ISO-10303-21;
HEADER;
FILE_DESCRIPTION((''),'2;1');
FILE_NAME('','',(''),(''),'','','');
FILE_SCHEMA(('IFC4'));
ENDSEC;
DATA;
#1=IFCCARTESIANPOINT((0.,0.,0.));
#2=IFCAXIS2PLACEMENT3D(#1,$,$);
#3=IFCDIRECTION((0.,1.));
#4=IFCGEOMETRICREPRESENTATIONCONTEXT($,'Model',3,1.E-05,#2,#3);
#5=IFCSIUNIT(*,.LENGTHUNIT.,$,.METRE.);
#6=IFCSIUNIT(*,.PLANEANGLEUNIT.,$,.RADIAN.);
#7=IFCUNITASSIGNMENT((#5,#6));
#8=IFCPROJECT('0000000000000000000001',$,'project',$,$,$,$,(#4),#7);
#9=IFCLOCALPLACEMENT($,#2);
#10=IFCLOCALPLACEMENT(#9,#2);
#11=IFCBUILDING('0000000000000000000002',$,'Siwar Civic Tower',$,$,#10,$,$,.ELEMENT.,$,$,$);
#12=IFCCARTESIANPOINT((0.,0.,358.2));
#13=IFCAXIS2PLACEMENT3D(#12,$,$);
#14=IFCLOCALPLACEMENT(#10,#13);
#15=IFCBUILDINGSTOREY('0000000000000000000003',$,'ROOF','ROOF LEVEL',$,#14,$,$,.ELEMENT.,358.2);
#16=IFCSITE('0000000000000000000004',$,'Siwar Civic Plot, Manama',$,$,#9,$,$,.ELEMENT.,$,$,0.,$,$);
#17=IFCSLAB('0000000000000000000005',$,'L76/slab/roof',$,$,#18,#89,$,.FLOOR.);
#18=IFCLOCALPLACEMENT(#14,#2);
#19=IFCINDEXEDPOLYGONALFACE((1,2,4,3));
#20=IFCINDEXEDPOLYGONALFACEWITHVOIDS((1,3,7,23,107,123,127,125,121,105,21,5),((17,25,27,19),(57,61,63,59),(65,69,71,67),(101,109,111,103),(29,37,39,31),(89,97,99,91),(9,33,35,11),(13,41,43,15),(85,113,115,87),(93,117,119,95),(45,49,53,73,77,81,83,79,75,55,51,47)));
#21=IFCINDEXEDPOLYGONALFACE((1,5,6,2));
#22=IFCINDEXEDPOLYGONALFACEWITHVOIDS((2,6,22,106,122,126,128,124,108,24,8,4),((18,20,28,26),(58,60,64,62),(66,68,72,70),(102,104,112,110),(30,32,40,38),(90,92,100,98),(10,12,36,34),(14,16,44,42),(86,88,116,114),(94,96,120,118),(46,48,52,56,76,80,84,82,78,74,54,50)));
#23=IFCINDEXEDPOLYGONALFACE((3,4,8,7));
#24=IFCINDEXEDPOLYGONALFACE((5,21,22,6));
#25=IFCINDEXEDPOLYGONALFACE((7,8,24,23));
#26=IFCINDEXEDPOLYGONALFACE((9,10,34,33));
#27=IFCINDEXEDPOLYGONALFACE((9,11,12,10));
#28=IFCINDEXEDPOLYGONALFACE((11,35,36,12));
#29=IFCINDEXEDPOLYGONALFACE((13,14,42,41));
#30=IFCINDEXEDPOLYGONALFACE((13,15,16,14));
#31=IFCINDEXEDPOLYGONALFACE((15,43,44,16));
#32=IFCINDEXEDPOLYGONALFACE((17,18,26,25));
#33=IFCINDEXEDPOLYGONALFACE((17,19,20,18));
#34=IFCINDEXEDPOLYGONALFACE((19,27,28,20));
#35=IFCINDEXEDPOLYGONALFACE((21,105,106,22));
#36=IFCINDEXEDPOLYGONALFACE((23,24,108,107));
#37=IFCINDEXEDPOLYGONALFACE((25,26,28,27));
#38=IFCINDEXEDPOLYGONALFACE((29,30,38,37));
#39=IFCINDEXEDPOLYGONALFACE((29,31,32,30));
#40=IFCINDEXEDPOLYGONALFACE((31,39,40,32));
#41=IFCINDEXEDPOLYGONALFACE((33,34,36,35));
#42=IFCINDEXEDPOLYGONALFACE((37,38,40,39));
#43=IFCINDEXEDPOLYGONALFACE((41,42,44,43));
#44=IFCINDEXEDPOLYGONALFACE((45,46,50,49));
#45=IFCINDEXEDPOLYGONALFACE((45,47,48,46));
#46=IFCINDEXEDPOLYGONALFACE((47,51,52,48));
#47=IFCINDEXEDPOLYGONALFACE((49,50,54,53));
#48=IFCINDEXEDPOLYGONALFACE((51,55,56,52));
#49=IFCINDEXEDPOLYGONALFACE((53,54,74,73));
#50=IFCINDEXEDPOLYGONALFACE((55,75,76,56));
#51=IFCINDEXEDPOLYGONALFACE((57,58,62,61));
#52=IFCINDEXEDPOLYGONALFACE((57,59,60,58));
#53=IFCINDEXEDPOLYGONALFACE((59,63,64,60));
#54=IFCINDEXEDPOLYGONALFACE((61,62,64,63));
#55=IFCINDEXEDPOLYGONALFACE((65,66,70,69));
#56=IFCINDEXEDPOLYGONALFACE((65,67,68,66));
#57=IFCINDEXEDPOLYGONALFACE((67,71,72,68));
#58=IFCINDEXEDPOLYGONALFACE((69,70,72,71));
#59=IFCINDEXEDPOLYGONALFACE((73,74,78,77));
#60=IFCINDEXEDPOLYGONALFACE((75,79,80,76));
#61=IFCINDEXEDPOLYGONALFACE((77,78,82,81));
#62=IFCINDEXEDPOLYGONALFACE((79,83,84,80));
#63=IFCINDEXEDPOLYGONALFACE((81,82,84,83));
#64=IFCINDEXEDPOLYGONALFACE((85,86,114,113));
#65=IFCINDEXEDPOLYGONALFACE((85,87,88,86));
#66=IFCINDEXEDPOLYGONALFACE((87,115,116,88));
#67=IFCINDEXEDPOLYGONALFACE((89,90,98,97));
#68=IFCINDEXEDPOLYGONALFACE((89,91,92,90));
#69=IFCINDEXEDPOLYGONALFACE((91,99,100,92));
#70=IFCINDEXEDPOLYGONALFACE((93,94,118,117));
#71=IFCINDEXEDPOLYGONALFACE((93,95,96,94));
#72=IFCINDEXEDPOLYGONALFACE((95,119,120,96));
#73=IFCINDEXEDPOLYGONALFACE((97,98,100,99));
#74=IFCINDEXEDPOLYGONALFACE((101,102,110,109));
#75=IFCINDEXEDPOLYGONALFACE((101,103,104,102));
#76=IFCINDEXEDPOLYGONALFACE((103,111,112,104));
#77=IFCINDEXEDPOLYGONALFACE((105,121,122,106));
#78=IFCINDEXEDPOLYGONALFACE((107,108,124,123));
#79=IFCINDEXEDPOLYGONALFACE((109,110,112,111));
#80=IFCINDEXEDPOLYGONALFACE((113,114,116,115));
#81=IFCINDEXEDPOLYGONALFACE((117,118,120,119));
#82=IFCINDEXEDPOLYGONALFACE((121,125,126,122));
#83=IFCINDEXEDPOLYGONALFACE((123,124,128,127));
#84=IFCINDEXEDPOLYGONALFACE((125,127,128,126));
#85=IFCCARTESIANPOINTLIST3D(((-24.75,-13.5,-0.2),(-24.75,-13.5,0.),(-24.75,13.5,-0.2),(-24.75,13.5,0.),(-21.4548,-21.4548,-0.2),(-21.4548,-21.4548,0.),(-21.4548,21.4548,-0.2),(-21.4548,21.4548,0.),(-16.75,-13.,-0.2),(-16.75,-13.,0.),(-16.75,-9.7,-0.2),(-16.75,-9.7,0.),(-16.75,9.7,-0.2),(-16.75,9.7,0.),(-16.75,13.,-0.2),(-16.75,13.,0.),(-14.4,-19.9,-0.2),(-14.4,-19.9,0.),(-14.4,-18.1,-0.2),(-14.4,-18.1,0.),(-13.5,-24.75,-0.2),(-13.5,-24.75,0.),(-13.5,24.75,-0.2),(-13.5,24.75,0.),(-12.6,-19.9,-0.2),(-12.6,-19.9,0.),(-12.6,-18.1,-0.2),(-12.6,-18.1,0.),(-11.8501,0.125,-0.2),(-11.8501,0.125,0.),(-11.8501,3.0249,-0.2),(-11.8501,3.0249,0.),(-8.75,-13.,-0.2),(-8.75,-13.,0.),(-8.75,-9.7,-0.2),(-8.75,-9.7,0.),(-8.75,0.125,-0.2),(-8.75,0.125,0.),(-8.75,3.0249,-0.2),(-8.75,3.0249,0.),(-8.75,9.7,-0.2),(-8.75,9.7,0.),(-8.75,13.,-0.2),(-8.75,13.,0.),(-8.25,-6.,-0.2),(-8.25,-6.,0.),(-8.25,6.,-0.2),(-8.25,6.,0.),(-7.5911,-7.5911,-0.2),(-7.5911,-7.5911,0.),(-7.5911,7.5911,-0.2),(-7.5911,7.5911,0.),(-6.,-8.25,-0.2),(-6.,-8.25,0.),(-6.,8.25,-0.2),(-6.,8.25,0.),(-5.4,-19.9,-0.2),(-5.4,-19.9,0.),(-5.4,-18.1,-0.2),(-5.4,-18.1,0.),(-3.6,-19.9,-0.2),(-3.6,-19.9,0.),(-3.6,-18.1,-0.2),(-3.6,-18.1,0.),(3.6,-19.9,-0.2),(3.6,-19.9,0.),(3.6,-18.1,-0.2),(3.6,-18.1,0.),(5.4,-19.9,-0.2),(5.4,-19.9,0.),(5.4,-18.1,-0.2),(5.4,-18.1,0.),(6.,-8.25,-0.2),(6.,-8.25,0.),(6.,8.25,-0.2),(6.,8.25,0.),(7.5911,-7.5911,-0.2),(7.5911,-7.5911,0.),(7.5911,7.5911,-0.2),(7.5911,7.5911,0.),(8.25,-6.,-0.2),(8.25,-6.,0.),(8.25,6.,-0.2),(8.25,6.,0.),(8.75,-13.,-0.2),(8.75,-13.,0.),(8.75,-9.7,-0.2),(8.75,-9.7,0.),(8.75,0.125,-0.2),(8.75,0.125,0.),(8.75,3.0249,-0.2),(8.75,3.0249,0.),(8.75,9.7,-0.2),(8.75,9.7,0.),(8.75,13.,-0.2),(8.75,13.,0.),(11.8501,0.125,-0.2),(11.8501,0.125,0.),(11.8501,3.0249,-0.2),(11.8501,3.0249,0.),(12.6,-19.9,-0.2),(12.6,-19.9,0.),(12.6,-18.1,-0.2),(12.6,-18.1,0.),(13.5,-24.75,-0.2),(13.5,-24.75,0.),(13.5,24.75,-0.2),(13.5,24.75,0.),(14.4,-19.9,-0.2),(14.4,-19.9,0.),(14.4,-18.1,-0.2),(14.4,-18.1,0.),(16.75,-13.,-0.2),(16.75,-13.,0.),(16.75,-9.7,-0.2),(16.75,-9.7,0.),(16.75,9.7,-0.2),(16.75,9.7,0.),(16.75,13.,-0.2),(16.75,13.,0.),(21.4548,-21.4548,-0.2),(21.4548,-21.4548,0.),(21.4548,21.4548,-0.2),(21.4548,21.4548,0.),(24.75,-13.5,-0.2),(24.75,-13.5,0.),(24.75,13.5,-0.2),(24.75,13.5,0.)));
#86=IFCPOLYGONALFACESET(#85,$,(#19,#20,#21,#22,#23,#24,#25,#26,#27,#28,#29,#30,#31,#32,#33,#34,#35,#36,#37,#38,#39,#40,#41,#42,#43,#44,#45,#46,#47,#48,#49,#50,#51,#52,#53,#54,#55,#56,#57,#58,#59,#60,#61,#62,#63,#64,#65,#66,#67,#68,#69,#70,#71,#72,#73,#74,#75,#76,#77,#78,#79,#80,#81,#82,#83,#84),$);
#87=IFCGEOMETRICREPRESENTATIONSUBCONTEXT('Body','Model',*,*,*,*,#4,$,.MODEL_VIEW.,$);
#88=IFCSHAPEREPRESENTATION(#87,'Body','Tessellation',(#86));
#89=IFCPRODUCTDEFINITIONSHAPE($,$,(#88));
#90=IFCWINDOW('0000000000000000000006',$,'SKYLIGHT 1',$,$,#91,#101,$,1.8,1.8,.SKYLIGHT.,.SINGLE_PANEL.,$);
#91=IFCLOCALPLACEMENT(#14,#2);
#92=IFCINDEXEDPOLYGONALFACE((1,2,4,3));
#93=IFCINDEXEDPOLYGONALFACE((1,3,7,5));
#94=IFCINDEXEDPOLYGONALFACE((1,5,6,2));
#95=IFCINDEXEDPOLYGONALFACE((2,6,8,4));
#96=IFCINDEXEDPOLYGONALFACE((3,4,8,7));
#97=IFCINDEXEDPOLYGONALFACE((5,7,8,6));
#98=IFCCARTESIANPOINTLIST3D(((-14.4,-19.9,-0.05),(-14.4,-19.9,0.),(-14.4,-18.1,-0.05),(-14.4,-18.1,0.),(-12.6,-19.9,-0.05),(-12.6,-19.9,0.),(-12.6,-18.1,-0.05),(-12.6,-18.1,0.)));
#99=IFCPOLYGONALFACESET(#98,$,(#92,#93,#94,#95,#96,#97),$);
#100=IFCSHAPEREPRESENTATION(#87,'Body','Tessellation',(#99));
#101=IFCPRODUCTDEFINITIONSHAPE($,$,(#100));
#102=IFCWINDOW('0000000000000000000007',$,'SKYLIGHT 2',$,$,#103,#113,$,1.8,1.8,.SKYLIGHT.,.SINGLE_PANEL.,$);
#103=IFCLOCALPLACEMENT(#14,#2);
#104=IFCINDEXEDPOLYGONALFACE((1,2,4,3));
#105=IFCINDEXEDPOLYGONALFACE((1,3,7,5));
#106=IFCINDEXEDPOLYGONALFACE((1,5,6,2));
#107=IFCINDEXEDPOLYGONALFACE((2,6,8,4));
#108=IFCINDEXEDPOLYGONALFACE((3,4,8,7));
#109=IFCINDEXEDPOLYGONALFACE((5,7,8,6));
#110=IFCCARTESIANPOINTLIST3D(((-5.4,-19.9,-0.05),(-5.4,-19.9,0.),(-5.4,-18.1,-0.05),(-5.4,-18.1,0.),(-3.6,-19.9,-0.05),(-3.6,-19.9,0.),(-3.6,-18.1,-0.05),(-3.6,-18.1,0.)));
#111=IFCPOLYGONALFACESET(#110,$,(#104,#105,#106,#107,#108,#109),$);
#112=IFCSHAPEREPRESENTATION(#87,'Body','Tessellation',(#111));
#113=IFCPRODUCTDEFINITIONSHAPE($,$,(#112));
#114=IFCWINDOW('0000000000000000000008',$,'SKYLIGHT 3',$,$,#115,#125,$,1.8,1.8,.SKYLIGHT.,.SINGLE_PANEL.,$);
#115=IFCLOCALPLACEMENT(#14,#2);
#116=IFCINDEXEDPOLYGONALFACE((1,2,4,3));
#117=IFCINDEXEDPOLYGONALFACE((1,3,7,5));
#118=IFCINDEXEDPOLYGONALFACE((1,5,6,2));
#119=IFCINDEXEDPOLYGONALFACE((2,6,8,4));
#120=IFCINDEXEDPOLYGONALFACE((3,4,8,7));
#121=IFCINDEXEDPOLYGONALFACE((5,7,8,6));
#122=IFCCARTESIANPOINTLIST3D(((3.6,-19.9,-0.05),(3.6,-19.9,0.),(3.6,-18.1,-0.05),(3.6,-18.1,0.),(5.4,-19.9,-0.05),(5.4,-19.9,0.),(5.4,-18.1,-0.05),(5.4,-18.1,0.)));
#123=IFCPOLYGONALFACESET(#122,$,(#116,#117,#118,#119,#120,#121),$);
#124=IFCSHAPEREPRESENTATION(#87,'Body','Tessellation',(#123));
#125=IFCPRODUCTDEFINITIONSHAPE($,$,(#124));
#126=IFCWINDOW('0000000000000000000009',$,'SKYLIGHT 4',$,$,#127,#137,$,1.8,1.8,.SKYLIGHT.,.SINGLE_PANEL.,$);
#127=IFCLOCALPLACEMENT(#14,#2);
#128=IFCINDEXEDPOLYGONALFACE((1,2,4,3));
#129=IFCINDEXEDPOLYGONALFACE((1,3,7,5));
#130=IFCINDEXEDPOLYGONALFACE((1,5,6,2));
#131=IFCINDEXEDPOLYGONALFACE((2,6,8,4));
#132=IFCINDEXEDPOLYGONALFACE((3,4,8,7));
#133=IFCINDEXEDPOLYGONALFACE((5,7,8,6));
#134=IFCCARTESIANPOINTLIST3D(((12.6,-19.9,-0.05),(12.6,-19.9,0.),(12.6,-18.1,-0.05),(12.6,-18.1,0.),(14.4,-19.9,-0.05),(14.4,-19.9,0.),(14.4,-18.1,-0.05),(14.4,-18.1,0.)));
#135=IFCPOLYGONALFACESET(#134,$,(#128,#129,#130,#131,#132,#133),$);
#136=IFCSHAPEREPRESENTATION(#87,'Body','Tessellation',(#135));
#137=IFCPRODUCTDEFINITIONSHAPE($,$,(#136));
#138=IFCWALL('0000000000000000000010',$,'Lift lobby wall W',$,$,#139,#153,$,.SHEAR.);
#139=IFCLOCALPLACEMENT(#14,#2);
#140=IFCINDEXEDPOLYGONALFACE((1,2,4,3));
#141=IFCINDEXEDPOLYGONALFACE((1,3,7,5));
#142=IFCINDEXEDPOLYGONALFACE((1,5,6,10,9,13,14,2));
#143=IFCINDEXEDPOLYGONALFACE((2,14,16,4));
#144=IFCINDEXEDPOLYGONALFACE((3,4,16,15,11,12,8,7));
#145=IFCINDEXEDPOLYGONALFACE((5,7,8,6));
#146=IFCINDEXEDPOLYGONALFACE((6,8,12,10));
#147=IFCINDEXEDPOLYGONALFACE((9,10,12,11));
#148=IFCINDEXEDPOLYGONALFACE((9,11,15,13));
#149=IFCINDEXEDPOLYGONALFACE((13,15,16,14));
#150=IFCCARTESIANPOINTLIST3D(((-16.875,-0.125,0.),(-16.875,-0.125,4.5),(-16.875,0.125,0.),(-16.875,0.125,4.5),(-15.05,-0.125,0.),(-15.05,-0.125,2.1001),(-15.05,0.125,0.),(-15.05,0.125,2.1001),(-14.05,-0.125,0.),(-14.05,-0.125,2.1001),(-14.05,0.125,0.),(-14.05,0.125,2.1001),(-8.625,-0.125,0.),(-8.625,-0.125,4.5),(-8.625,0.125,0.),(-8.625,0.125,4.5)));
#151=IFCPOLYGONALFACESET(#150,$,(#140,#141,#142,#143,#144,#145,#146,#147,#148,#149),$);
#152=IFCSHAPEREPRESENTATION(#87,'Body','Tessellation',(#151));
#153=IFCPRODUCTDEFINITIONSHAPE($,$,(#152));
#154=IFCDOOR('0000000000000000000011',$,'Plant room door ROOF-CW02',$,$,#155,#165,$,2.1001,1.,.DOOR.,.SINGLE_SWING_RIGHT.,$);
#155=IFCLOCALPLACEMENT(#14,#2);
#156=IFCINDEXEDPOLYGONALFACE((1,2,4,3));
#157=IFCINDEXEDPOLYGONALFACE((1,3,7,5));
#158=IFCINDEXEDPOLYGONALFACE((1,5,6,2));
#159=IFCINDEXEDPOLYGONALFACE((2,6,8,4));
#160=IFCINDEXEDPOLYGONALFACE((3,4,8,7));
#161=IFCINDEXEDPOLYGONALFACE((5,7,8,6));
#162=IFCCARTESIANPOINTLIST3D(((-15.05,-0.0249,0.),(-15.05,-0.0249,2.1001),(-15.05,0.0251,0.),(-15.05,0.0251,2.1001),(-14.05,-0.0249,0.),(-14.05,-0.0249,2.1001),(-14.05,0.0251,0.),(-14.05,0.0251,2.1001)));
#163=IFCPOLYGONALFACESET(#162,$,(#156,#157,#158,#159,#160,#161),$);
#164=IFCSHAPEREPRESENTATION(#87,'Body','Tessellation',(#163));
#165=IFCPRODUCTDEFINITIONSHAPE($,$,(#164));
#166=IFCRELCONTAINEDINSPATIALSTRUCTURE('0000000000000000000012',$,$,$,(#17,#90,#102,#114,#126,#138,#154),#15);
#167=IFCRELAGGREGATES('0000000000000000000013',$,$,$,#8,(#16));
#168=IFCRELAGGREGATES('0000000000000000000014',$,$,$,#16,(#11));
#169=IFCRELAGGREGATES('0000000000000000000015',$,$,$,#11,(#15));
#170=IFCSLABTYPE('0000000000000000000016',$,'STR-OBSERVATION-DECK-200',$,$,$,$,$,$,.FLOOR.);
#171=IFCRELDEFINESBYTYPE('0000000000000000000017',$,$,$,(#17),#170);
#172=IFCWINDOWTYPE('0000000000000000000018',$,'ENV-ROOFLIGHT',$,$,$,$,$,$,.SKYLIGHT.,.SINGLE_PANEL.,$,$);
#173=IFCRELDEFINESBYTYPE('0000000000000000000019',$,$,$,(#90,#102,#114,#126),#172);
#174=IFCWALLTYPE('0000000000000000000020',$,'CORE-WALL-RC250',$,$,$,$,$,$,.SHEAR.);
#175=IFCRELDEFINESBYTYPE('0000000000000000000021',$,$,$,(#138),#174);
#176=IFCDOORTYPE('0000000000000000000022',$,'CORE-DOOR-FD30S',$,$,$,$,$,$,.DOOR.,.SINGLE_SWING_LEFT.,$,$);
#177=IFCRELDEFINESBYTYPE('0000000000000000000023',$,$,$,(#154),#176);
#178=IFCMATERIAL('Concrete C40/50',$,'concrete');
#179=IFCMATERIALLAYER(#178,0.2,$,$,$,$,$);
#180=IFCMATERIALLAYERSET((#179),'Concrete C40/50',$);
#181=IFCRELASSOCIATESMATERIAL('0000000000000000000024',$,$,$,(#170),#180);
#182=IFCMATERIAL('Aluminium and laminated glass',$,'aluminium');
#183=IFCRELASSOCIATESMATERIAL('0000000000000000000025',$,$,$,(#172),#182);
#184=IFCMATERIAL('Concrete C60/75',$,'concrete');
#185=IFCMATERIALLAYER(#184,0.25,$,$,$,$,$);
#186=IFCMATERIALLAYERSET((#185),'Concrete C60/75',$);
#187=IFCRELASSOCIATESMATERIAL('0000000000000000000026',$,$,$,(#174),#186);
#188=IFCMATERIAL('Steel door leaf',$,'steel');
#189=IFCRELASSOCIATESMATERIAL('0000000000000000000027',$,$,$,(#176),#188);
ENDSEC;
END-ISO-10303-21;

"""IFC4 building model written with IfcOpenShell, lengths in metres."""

from ifc_helpers import new_model, si_unit, direction, frame, frame_2d, origin, origin_2d, place, context, subcontext, project, spatial, polyline, rectangle, outline, extrude, material, layer, layer_set, type_object, element, fill, save


model = new_model("IFC4")

# Units and contexts
model_context = context("Model", 3, precision=1e-05, world=origin(), true_north=direction((0.0, 1.0)))
body_context = subcontext(model_context, "Body", "Model", "MODEL_VIEW")
ifc_project = project(units=[si_unit("LENGTHUNIT", "METRE"), si_unit("PLANEANGLEUNIT", "RADIAN")], contexts=[model_context])

# Site, building, storey
site_placement = place(None, origin())
site = spatial("IfcSite", under=ifc_project, at=site_placement, Name="Siwar Civic Plot, Manama", CompositionType="ELEMENT", RefElevation=0.0)
building_placement = place(site_placement, origin())
building = spatial("IfcBuilding", under=site, at=building_placement, Name="Siwar Civic Tower", CompositionType="ELEMENT")
storey_placement = place(building_placement, frame((0.0, 0.0, 358.2)))
storey = spatial("IfcBuildingStorey", under=building, at=storey_placement, Name="ROOF", Description="ROOF LEVEL", CompositionType="ELEMENT", Elevation=358.2)

# Slab, openings, windows
ifc_material_1 = material(Name="Concrete C40/50", Category="concrete")
ifc_layer_1 = layer(ifc_material_1, 0.2)
ifc_layer_set_1 = layer_set([ifc_layer_1], Name="Concrete C40/50")
slab_type_1 = type_object("IfcSlabType", Name="STR-OBSERVATION-DECK-200", PredefinedType="FLOOR", material=ifc_layer_set_1)
slab_1_placement = place(storey_placement, frame((0.0, 0.0, -0.2)))
slab_1 = element("IfcSlab", 1, at=slab_1_placement, inside=storey, type_object=slab_type_1, Name="L76/slab/roof", PredefinedType="FLOOR", context=body_context, shape_type="SweptSolid", body=[
    extrude(outline(polyline([(-13.5, -24.75), (13.5, -24.75), (21.4548, -21.4548), (24.75, -13.5), (24.75, 13.5), (21.4548, 21.4548), (13.5, 24.75), (-13.5, 24.75), (-21.4548, 21.4548), (-24.75, 13.5), (-24.75, -13.5), (-21.4548, -21.4548), (-13.5, -24.75)]), holes=[polyline([(8.75, -13.0), (8.75, -9.7), (16.75, -9.7), (16.75, -13.0), (8.75, -13.0)]), polyline([(8.75, 9.7), (8.75, 13.0), (16.75, 13.0), (16.75, 9.7), (8.75, 9.7)]), polyline([(8.75, 0.125), (8.75, 3.0249), (11.8501, 3.0249), (11.8501, 0.125), (8.75, 0.125)]), polyline([(-7.5911, 7.5911), (-6.0, 8.25), (6.0, 8.25), (7.5911, 7.5911), (8.25, 6.0), (8.25, -6.0), (7.5911, -7.5911), (6.0, -8.25), (-6.0, -8.25), (-7.5911, -7.5911), (-8.25, -6.0), (-8.25, 6.0), (-7.5911, 7.5911)]), polyline([(-16.75, -9.7), (-8.75, -9.7), (-8.75, -13.0), (-16.75, -13.0), (-16.75, -9.7)]), polyline([(-8.75, 3.0249), (-8.75, 0.125), (-11.8501, 0.125), (-11.8501, 3.0249), (-8.75, 3.0249)]), polyline([(-8.75, 13.0), (-8.75, 9.7), (-16.75, 9.7), (-16.75, 13.0), (-8.75, 13.0)])]), origin(), (0.0, 0.0, 1.0), 0.2),
])
opening_1_placement = place(slab_1_placement, frame((-13.5, -19.0, 0.0)))
opening_1 = element("IfcOpeningElement", 2, at=opening_1_placement, cuts=slab_1, PredefinedType="OPENING", context=body_context, shape_type="SweptSolid", body=[
    extrude(rectangle(XDim=1.8, YDim=1.8, at=origin_2d()), origin(), (0.0, 0.0, 1.0), 0.2),
])
opening_2_placement = place(slab_1_placement, frame((-4.5, -19.0, 0.0)))
opening_2 = element("IfcOpeningElement", 3, at=opening_2_placement, cuts=slab_1, PredefinedType="OPENING", context=body_context, shape_type="SweptSolid", body=[
    extrude(rectangle(XDim=1.8, YDim=1.8, at=origin_2d()), origin(), (0.0, 0.0, 1.0), 0.2),
])
opening_3_placement = place(slab_1_placement, frame((4.5, -19.0, 0.0)))
opening_3 = element("IfcOpeningElement", 4, at=opening_3_placement, cuts=slab_1, PredefinedType="OPENING", context=body_context, shape_type="SweptSolid", body=[
    extrude(rectangle(XDim=1.8, YDim=1.8, at=origin_2d()), origin(), (0.0, 0.0, 1.0), 0.2),
])
opening_4_placement = place(slab_1_placement, frame((13.5, -19.0, 0.0)))
opening_4 = element("IfcOpeningElement", 5, at=opening_4_placement, cuts=slab_1, PredefinedType="OPENING", context=body_context, shape_type="SweptSolid", body=[
    extrude(rectangle(XDim=1.8, YDim=1.8, at=origin_2d()), origin(), (0.0, 0.0, 1.0), 0.2),
])
ifc_material_2 = material(Name="Aluminium and laminated glass", Category="aluminium")
window_type = type_object("IfcWindowType", Name="ENV-ROOFLIGHT", PartitioningType="SINGLE_PANEL", PredefinedType="SKYLIGHT", material=ifc_material_2)
window_1_placement = place(opening_1_placement, frame((0.0, 0.0, 0.1499)))
window_1 = element("IfcWindow", 6, at=window_1_placement, inside=storey, type_object=window_type, Name="SKYLIGHT 1", OverallHeight=1.8, OverallWidth=1.8, PartitioningType="SINGLE_PANEL", PredefinedType="SKYLIGHT", context=body_context, shape_type="SweptSolid", body=[
    extrude(rectangle(XDim=1.8, YDim=1.8, at=origin_2d()), origin(), (0.0, 0.0, 1.0), 0.05),
])
fill(opening_1, window_1)
window_2_placement = place(opening_2_placement, frame((0.0, 0.0, 0.1499)))
window_2 = element("IfcWindow", 7, at=window_2_placement, inside=storey, type_object=window_type, Name="SKYLIGHT 2", OverallHeight=1.8, OverallWidth=1.8, PartitioningType="SINGLE_PANEL", PredefinedType="SKYLIGHT", context=body_context, shape_type="SweptSolid", body=[
    extrude(rectangle(XDim=1.8, YDim=1.8, at=origin_2d()), origin(), (0.0, 0.0, 1.0), 0.05),
])
fill(opening_2, window_2)
window_3_placement = place(opening_3_placement, frame((0.0, 0.0, 0.1499)))
window_3 = element("IfcWindow", 8, at=window_3_placement, inside=storey, type_object=window_type, Name="SKYLIGHT 3", OverallHeight=1.8, OverallWidth=1.8, PartitioningType="SINGLE_PANEL", PredefinedType="SKYLIGHT", context=body_context, shape_type="SweptSolid", body=[
    extrude(rectangle(XDim=1.8, YDim=1.8, at=origin_2d()), origin(), (0.0, 0.0, 1.0), 0.05),
])
fill(opening_3, window_3)
window_4_placement = place(opening_4_placement, frame((0.0, 0.0, 0.1499)))
window_4 = element("IfcWindow", 9, at=window_4_placement, inside=storey, type_object=window_type, Name="SKYLIGHT 4", OverallHeight=1.8, OverallWidth=1.8, PartitioningType="SINGLE_PANEL", PredefinedType="SKYLIGHT", context=body_context, shape_type="SweptSolid", body=[
    extrude(rectangle(XDim=1.8, YDim=1.8, at=origin_2d()), origin(), (0.0, 0.0, 1.0), 0.05),
])
fill(opening_4, window_4)

# Wall, opening, door
ifc_material_3 = material(Name="Concrete C60/75", Category="concrete")
ifc_layer_2 = layer(ifc_material_3, 0.25)
ifc_layer_set_2 = layer_set([ifc_layer_2], Name="Concrete C60/75")
wall_type_1 = type_object("IfcWallType", Name="CORE-WALL-RC250", PredefinedType="SHEAR", material=ifc_layer_set_2)
wall_1_placement = place(storey_placement, frame((-8.625, 0.0, 0.0), z_axis=(0.0, 0.0, 1.0), x_axis=(-1.0, 0.0, 0.0)))
wall_1 = element("IfcWall", 10, at=wall_1_placement, inside=storey, type_object=wall_type_1, Name="Lift lobby wall W", PredefinedType="SHEAR", context=body_context, shape_type="SweptSolid", body=[
    extrude(rectangle(XDim=8.25, YDim=0.25, at=frame_2d((4.125, 0.0))), origin(), (0.0, 0.0, 1.0), 4.5),
])
opening_5_placement = place(wall_1_placement, frame((5.425, 0.0, 0.0)))
opening_5 = element("IfcOpeningElement", 11, at=opening_5_placement, cuts=wall_1, PredefinedType="OPENING", context=body_context, shape_type="SweptSolid", body=[
    extrude(rectangle(XDim=1.0, YDim=2.1001, at=frame_2d((0.5, 1.05))), frame((0.0, 0.135, 0.0), z_axis=(0.0, -1.0, 0.0), x_axis=(1.0, 0.0, 0.0)), (0.0, 0.0, 1.0), 0.27),
])
ifc_material_4 = material(Name="Steel door leaf", Category="steel")
door_type_1 = type_object("IfcDoorType", Name="CORE-DOOR-FD30S", OperationType="SINGLE_SWING_LEFT", PredefinedType="DOOR", material=ifc_material_4)
door_1_placement = place(opening_5_placement, origin())
door_1 = element("IfcDoor", 12, at=door_1_placement, inside=storey, type_object=door_type_1, Name="Plant room door ROOF-CW02", OperationType="SINGLE_SWING_RIGHT", OverallHeight=2.1001, OverallWidth=1.0, PredefinedType="DOOR", context=body_context, shape_type="SweptSolid", body=[
    extrude(rectangle(XDim=1.0, YDim=2.1001, at=frame_2d((0.5, 1.05))), frame((0.0, 0.0249, 0.0), z_axis=(0.0, -1.0, 0.0), x_axis=(1.0, 0.0, 0.0)), (0.0, 0.0, 1.0), 0.05),
])
fill(opening_5, door_1)

save(model, "model.ifc")
